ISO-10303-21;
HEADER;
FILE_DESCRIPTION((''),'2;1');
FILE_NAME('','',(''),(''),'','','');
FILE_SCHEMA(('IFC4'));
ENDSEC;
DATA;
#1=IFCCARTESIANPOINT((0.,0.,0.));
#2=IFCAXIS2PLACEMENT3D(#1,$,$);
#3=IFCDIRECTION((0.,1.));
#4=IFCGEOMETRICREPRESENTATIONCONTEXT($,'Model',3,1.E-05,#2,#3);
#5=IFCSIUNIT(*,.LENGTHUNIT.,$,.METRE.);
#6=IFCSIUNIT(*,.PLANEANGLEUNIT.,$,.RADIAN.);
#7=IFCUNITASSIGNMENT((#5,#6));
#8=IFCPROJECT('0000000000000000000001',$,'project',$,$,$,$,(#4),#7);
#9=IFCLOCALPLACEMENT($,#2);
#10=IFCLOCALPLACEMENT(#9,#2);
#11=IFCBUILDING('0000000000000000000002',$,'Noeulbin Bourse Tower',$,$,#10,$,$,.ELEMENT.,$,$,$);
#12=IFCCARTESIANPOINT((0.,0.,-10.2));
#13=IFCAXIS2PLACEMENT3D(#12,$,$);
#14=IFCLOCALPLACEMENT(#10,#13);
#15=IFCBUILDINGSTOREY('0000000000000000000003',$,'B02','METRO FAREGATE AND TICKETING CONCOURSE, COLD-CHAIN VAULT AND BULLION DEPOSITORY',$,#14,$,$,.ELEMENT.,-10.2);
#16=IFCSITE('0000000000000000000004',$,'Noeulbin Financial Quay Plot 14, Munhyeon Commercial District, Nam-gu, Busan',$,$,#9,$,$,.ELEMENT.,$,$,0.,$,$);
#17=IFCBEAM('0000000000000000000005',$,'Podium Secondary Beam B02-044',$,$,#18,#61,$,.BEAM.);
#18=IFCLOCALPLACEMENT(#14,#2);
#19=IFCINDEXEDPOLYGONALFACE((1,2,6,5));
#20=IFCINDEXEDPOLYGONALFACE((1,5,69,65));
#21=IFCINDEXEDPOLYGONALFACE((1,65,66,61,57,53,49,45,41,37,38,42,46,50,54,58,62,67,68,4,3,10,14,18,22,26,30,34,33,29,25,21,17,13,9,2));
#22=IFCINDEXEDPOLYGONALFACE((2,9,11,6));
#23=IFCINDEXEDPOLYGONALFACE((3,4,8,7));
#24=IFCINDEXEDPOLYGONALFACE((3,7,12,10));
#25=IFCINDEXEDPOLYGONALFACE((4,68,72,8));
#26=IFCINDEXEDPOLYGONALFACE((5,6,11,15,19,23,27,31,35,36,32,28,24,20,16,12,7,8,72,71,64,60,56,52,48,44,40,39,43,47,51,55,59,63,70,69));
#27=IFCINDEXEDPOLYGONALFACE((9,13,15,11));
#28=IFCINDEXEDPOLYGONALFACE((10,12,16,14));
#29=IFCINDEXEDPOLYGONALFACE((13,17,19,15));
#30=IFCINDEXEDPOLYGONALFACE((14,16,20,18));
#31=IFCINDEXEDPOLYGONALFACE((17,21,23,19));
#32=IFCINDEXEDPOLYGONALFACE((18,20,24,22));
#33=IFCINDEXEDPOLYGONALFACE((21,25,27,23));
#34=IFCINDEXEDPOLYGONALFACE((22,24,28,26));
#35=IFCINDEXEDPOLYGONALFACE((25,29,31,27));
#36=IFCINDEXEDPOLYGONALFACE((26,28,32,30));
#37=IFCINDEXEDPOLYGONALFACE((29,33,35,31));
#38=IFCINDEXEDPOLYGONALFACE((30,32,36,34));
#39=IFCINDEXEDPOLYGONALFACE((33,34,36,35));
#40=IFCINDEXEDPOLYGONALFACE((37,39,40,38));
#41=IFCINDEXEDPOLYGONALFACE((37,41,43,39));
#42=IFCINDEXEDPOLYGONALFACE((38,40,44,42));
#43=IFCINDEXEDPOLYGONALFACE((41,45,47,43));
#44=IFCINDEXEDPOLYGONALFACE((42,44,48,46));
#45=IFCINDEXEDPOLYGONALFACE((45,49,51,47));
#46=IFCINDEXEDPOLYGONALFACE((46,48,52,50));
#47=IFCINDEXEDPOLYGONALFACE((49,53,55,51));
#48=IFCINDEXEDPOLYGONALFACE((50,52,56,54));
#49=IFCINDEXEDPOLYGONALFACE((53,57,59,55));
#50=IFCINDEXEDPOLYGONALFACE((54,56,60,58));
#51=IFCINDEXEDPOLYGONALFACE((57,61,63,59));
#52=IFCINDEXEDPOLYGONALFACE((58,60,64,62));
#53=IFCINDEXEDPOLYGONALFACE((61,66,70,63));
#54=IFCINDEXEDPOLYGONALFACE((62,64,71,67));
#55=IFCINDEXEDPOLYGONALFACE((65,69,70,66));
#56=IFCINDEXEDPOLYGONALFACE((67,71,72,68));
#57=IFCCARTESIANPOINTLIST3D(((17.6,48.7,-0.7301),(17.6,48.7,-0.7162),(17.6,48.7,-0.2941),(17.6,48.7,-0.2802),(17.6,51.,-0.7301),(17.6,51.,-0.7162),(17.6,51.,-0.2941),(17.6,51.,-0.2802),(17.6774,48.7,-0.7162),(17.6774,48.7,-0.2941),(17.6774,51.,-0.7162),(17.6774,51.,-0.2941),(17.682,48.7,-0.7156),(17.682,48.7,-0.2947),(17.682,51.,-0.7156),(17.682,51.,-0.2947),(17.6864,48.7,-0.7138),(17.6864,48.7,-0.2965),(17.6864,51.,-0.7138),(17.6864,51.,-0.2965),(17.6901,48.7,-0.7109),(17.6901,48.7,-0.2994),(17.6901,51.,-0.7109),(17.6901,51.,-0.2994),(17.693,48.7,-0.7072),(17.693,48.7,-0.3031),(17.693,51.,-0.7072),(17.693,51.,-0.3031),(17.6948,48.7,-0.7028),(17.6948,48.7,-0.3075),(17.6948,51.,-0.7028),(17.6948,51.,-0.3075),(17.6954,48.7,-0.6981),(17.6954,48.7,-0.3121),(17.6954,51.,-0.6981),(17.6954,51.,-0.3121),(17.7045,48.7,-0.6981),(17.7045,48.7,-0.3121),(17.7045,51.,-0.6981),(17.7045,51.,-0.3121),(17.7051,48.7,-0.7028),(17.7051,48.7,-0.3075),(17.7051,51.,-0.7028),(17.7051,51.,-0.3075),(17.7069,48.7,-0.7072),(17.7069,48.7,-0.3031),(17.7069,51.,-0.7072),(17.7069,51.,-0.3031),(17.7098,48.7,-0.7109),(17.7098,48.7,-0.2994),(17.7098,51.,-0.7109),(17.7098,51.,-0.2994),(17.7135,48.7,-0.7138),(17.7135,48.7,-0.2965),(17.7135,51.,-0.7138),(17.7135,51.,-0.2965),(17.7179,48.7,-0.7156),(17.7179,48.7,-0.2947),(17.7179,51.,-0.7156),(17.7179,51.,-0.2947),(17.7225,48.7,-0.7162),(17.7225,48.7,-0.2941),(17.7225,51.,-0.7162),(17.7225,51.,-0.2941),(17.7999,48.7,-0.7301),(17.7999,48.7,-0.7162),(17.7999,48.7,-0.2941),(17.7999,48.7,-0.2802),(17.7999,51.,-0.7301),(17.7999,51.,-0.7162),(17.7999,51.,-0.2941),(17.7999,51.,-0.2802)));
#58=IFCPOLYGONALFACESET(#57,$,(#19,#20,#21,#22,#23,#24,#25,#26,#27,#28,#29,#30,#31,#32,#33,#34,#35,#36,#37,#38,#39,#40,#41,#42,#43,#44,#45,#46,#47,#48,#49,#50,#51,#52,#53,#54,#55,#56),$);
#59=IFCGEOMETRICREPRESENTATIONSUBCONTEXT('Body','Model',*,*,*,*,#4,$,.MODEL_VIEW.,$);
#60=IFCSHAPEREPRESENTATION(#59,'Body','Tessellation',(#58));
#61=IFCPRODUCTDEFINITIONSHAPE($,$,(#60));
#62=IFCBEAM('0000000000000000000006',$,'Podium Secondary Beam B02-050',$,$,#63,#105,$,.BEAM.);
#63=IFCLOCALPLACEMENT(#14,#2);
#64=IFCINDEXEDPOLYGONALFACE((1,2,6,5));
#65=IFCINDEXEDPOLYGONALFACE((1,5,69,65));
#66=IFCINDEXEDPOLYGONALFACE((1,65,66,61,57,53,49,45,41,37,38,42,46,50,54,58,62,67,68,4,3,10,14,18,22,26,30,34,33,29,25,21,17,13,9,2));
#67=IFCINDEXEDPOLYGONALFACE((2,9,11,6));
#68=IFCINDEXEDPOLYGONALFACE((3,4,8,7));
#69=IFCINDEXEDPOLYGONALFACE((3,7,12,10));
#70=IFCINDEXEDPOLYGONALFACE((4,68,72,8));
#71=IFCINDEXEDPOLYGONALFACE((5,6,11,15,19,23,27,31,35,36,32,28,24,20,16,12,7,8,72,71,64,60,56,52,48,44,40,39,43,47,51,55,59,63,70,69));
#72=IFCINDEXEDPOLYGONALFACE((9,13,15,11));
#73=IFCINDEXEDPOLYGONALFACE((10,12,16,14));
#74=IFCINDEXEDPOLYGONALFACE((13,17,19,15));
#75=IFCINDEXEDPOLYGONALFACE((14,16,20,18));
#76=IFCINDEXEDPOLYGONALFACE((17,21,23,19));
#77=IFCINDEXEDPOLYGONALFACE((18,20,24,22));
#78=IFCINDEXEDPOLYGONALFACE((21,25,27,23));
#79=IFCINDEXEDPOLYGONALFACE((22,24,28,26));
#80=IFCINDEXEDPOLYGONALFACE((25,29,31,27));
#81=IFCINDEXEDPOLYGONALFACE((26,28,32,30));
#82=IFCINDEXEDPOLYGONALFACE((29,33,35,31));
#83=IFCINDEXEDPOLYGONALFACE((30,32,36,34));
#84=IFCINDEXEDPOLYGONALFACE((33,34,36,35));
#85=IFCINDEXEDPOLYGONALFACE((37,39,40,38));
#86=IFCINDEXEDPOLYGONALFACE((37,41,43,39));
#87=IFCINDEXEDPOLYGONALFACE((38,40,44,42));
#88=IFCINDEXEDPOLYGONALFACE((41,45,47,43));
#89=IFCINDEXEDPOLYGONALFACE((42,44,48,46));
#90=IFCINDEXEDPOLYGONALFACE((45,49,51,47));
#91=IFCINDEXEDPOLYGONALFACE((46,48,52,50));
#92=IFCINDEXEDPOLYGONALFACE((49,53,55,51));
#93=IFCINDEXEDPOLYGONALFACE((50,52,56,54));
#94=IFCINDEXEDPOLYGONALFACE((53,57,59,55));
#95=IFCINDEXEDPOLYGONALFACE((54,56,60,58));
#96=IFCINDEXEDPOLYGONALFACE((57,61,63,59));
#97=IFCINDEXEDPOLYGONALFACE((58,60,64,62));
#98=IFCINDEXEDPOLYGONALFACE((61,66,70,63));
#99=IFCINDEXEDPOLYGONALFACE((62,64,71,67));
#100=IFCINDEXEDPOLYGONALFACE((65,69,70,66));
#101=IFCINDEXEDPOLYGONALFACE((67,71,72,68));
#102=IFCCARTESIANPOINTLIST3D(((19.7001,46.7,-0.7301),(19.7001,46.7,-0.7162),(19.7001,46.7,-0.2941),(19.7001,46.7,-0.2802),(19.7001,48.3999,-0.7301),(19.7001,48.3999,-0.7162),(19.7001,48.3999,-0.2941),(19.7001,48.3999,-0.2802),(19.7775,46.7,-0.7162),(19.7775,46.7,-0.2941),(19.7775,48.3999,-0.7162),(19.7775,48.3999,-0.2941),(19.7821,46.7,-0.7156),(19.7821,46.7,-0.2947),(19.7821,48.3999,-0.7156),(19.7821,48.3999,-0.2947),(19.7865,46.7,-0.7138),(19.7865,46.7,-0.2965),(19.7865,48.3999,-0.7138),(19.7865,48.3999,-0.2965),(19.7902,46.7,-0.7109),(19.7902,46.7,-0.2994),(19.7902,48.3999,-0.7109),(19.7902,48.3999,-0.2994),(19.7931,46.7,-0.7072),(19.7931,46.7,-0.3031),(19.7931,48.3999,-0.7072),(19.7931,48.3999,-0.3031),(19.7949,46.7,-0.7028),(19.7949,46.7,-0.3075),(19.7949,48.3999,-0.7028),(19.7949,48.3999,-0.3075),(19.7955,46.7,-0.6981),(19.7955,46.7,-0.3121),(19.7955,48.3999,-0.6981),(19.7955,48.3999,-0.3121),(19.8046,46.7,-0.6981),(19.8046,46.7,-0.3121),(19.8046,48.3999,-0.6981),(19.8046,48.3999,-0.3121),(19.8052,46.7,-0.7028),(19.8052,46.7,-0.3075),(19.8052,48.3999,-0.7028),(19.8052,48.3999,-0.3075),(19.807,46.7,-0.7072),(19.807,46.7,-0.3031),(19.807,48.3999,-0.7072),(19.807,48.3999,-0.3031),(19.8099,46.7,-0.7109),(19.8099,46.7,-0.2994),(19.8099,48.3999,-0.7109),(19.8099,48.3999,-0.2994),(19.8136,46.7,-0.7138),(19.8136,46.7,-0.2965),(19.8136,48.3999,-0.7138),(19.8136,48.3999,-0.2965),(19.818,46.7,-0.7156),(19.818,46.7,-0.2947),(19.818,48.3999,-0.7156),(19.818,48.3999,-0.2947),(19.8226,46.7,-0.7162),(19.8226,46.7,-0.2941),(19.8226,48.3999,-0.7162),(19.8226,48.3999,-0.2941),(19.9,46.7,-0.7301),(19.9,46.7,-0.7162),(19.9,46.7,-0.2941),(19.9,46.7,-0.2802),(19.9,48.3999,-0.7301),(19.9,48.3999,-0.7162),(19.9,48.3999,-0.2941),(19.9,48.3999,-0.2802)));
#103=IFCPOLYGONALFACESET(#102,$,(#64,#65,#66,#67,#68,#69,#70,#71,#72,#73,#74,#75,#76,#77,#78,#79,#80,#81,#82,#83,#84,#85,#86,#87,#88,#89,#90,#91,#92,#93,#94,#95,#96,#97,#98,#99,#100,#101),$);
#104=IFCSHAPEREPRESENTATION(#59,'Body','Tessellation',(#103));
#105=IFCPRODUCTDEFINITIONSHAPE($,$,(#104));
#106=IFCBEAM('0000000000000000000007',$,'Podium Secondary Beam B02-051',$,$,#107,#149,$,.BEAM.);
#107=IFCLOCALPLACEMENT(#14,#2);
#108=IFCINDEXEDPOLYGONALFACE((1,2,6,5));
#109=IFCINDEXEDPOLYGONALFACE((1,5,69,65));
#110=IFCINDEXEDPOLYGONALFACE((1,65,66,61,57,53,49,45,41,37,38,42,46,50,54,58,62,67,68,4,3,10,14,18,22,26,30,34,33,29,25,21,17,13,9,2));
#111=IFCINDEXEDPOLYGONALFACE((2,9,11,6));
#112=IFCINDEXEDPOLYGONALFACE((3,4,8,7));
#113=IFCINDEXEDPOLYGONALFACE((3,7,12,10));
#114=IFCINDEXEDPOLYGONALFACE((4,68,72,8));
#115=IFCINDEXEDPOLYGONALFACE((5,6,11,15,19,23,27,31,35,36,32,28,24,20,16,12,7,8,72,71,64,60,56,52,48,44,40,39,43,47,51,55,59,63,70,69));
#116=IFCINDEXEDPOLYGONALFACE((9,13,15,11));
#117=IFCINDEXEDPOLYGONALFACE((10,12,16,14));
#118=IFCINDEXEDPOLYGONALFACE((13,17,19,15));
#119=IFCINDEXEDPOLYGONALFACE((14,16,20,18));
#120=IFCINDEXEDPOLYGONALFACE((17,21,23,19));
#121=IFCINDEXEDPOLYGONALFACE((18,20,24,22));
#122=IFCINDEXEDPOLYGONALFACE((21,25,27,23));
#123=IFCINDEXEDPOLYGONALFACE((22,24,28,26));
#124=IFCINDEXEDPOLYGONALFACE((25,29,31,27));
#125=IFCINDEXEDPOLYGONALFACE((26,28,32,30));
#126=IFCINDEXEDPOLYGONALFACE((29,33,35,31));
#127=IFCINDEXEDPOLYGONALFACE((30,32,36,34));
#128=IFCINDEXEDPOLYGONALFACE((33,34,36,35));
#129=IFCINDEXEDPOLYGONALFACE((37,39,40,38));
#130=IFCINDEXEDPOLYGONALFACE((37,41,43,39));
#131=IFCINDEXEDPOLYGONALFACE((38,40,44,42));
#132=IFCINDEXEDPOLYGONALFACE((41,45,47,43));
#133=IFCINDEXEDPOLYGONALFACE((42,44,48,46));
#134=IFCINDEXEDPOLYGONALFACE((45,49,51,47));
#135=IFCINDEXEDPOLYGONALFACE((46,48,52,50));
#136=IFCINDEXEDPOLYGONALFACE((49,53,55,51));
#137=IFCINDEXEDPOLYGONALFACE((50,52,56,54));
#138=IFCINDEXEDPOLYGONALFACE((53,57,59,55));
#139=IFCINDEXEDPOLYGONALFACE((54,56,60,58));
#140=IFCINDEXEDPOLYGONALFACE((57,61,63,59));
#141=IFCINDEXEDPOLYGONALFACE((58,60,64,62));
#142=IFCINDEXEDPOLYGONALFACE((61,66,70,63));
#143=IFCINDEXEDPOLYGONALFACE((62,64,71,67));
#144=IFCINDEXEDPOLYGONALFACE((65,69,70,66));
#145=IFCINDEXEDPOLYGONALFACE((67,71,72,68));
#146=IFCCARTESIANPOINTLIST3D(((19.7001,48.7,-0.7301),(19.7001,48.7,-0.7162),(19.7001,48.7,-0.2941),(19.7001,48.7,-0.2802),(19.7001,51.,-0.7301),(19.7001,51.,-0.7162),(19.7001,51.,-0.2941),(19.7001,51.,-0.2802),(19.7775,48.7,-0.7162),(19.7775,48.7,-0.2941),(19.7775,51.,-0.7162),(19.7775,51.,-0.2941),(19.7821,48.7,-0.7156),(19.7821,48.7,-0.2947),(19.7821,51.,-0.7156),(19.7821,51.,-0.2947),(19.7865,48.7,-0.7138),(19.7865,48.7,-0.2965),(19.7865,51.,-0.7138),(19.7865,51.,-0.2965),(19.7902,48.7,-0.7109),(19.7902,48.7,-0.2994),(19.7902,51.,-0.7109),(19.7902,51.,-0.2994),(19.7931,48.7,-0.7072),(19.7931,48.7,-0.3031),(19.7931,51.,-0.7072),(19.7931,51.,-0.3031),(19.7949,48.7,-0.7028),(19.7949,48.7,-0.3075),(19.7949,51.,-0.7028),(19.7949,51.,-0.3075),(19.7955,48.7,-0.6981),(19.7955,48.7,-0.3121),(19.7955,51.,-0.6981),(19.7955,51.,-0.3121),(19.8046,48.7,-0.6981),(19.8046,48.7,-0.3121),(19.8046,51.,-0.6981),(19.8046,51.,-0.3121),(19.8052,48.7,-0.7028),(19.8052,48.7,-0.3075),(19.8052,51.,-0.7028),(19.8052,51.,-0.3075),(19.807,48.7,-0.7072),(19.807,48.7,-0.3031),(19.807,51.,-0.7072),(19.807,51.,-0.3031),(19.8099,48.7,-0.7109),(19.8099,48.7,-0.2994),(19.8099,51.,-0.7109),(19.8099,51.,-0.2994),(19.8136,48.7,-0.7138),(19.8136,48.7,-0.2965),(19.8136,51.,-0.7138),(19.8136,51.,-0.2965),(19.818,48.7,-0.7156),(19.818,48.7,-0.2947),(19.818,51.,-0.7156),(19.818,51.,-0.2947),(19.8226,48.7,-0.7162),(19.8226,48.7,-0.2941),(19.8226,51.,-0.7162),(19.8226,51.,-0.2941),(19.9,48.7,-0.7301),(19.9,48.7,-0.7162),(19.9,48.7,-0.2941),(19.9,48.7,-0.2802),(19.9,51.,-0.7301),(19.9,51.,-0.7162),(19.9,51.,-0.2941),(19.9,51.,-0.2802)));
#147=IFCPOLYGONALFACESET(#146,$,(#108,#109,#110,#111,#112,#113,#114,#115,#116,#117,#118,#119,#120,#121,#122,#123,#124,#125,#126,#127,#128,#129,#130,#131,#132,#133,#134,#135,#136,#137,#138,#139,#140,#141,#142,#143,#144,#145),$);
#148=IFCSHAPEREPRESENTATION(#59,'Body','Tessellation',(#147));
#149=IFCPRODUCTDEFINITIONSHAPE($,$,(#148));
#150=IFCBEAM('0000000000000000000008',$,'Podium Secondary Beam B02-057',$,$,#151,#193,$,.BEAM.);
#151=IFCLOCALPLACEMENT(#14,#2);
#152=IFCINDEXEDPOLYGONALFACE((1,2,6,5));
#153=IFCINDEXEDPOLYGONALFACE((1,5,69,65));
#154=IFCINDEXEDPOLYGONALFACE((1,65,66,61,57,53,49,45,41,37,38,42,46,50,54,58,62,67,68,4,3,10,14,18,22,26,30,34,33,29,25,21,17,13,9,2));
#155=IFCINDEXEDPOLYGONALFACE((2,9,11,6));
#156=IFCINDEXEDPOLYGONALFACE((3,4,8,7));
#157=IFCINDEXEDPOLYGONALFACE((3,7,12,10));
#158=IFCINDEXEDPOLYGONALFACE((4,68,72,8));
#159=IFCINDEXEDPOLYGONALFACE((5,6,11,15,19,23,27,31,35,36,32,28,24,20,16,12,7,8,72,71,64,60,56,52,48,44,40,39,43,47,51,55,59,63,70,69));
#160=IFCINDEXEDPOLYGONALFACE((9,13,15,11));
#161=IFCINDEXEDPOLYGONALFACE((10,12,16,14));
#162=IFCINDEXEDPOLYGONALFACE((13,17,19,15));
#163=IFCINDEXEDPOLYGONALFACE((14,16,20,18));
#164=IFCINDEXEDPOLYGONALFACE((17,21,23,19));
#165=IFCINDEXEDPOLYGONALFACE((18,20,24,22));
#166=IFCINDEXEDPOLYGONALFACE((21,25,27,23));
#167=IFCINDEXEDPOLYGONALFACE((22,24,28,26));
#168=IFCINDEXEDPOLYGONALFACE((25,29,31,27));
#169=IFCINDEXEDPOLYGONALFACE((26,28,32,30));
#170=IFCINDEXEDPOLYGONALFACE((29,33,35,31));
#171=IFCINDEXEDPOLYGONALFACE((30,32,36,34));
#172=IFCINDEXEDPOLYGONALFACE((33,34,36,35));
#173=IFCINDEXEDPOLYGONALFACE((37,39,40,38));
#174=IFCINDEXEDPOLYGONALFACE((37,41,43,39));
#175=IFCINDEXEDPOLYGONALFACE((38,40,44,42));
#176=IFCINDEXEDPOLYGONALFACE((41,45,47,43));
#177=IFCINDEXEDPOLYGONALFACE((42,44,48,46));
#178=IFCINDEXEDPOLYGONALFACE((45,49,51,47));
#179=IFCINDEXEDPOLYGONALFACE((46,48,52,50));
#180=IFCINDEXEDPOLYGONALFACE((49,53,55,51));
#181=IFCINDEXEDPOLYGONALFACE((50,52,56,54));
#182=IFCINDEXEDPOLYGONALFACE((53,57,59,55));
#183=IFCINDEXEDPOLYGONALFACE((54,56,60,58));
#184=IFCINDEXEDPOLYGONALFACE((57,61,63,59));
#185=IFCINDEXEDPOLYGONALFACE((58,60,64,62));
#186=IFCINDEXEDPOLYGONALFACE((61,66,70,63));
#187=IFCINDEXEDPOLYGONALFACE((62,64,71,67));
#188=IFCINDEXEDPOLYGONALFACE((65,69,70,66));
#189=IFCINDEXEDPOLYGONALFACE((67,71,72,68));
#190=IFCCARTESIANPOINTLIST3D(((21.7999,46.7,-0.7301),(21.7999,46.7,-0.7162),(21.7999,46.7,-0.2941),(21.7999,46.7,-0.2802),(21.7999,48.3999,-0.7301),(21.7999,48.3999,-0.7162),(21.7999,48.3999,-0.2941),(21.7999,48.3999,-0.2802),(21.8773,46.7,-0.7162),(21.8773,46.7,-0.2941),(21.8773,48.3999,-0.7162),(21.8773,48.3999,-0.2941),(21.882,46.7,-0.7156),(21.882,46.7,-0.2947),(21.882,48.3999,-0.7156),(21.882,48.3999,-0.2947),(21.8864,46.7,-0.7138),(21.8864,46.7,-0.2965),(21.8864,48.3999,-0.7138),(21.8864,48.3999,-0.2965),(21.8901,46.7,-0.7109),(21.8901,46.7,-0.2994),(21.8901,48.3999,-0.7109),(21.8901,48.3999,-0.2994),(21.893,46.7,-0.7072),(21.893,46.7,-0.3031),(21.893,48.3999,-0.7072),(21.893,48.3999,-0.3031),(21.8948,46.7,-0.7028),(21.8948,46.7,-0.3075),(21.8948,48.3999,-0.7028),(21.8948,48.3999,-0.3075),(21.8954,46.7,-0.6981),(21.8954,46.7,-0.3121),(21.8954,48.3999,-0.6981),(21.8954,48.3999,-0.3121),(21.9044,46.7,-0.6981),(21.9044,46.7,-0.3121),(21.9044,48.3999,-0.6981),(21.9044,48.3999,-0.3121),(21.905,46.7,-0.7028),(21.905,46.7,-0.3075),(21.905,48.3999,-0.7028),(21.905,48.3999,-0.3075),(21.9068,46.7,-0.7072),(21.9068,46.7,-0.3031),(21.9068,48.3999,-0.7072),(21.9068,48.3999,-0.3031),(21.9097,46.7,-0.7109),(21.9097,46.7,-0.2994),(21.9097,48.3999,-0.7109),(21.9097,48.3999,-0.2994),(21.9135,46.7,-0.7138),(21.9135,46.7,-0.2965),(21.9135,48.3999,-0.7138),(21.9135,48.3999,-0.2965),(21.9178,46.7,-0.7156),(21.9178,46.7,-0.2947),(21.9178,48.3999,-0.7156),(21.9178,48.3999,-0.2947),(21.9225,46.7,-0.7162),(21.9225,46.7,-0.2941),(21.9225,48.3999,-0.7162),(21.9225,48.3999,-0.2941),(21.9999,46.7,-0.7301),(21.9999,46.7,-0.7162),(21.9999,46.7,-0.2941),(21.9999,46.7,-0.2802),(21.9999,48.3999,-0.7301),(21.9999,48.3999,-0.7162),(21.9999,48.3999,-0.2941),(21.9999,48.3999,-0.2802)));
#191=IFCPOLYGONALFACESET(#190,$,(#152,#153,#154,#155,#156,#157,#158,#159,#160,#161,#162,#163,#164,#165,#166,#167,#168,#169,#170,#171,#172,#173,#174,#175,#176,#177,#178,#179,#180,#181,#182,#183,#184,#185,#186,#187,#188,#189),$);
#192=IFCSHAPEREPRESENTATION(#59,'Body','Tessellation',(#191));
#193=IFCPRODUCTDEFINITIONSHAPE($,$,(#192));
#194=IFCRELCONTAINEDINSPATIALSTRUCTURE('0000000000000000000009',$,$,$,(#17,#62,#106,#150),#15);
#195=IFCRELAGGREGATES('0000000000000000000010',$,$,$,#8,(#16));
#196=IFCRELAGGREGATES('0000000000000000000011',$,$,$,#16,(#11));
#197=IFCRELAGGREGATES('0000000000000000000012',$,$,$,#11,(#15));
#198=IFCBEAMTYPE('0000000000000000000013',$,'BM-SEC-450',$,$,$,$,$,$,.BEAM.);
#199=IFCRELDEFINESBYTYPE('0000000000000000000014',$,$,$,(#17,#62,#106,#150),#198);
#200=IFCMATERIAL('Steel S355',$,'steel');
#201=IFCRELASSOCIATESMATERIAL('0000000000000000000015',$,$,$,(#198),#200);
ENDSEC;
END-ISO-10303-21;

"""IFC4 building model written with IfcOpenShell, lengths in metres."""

from ifc_helpers import new_model, si_unit, direction, frame, origin, origin_2d, place, context, subcontext, project, spatial, i_section, extrude, material, material_profile, profile_set, type_object, element, save


model = new_model("IFC4")

# Units and contexts
model_context = context("Model", 3, precision=1e-05, world=origin(), true_north=direction((0.0, 1.0)))
body_context = subcontext(model_context, "Body", "Model", "MODEL_VIEW")
ifc_project = project(units=[si_unit("LENGTHUNIT", "METRE"), si_unit("PLANEANGLEUNIT", "RADIAN")], contexts=[model_context])

# Site, building, storey
site_placement = place(None, origin())
site = spatial("IfcSite", under=ifc_project, at=site_placement, Name="Noeulbin Financial Quay Plot 14, Munhyeon Commercial District, Nam-gu, Busan", CompositionType="ELEMENT", RefElevation=0.0)
building_placement = place(site_placement, origin())
building = spatial("IfcBuilding", under=site, at=building_placement, Name="Noeulbin Bourse Tower", CompositionType="ELEMENT")
storey_placement = place(building_placement, frame((0.0, 0.0, -10.2)))
storey = spatial("IfcBuildingStorey", under=building, at=storey_placement, Name="B02", Description="METRO FAREGATE AND TICKETING CONCOURSE, COLD-CHAIN VAULT AND BULLION DEPOSITORY", CompositionType="ELEMENT", Elevation=-10.2)

# Beams
ifc_material_1 = material(Name="Steel S355", Category="steel")
ifc_material_profile_1 = material_profile(ifc_material_1, i_section(OverallWidth=0.2, OverallDepth=0.45, WebThickness=0.009, FlangeThickness=0.0139, FilletRadius=0.0181, at=origin_2d()), Name="H-450x200x9x14", Category="LoadBearing")
ifc_profile_set_1 = profile_set([ifc_material_profile_1], Name="Steel S355")
beam_type_1 = type_object("IfcBeamType", Name="BM-SEC-450", PredefinedType="BEAM", material=ifc_profile_set_1)
beam_1_placement = place(storey_placement, frame((17.7, 48.7, -0.5051), z_axis=(0.0, 1.0, 0.0), x_axis=(-1.0, 0.0, 0.0)))
element("IfcBeam", 1, at=beam_1_placement, inside=storey, type_object=beam_type_1, Name="Podium Secondary Beam B02-044", PredefinedType="BEAM", context=body_context, shape_type="SweptSolid", body=[
    extrude(i_section(OverallWidth=0.2, OverallDepth=0.45, WebThickness=0.009, FlangeThickness=0.0139, FilletRadius=0.0181, at=origin_2d()), origin(), (0.0, 0.0, 1.0), 2.3),
])
beam_2_placement = place(storey_placement, frame((19.8, 46.7, -0.5051), z_axis=(0.0, 1.0, 0.0), x_axis=(-1.0, 0.0, 0.0)))
element("IfcBeam", 2, at=beam_2_placement, inside=storey, type_object=beam_type_1, Name="Podium Secondary Beam B02-050", PredefinedType="BEAM", context=body_context, shape_type="SweptSolid", body=[
    extrude(i_section(OverallWidth=0.2, OverallDepth=0.45, WebThickness=0.009, FlangeThickness=0.0139, FilletRadius=0.0181, at=origin_2d()), origin(), (0.0, 0.0, 1.0), 1.7),
])
beam_3_placement = place(storey_placement, frame((19.8, 48.7, -0.5051), z_axis=(0.0, 1.0, 0.0), x_axis=(-1.0, 0.0, 0.0)))
element("IfcBeam", 3, at=beam_3_placement, inside=storey, type_object=beam_type_1, Name="Podium Secondary Beam B02-051", PredefinedType="BEAM", context=body_context, shape_type="SweptSolid", body=[
    extrude(i_section(OverallWidth=0.2, OverallDepth=0.45, WebThickness=0.009, FlangeThickness=0.0139, FilletRadius=0.0181, at=origin_2d()), origin(), (0.0, 0.0, 1.0), 2.3),
])
beam_4_placement = place(storey_placement, frame((21.8999, 46.7, -0.5051), z_axis=(0.0, 1.0, 0.0), x_axis=(-1.0, 0.0, 0.0)))
element("IfcBeam", 4, at=beam_4_placement, inside=storey, type_object=beam_type_1, Name="Podium Secondary Beam B02-057", PredefinedType="BEAM", context=body_context, shape_type="SweptSolid", body=[
    extrude(i_section(OverallWidth=0.2, OverallDepth=0.45, WebThickness=0.009, FlangeThickness=0.0139, FilletRadius=0.0181, at=origin_2d()), origin(), (0.0, 0.0, 1.0), 1.7),
])

save(model, "model.ifc")
